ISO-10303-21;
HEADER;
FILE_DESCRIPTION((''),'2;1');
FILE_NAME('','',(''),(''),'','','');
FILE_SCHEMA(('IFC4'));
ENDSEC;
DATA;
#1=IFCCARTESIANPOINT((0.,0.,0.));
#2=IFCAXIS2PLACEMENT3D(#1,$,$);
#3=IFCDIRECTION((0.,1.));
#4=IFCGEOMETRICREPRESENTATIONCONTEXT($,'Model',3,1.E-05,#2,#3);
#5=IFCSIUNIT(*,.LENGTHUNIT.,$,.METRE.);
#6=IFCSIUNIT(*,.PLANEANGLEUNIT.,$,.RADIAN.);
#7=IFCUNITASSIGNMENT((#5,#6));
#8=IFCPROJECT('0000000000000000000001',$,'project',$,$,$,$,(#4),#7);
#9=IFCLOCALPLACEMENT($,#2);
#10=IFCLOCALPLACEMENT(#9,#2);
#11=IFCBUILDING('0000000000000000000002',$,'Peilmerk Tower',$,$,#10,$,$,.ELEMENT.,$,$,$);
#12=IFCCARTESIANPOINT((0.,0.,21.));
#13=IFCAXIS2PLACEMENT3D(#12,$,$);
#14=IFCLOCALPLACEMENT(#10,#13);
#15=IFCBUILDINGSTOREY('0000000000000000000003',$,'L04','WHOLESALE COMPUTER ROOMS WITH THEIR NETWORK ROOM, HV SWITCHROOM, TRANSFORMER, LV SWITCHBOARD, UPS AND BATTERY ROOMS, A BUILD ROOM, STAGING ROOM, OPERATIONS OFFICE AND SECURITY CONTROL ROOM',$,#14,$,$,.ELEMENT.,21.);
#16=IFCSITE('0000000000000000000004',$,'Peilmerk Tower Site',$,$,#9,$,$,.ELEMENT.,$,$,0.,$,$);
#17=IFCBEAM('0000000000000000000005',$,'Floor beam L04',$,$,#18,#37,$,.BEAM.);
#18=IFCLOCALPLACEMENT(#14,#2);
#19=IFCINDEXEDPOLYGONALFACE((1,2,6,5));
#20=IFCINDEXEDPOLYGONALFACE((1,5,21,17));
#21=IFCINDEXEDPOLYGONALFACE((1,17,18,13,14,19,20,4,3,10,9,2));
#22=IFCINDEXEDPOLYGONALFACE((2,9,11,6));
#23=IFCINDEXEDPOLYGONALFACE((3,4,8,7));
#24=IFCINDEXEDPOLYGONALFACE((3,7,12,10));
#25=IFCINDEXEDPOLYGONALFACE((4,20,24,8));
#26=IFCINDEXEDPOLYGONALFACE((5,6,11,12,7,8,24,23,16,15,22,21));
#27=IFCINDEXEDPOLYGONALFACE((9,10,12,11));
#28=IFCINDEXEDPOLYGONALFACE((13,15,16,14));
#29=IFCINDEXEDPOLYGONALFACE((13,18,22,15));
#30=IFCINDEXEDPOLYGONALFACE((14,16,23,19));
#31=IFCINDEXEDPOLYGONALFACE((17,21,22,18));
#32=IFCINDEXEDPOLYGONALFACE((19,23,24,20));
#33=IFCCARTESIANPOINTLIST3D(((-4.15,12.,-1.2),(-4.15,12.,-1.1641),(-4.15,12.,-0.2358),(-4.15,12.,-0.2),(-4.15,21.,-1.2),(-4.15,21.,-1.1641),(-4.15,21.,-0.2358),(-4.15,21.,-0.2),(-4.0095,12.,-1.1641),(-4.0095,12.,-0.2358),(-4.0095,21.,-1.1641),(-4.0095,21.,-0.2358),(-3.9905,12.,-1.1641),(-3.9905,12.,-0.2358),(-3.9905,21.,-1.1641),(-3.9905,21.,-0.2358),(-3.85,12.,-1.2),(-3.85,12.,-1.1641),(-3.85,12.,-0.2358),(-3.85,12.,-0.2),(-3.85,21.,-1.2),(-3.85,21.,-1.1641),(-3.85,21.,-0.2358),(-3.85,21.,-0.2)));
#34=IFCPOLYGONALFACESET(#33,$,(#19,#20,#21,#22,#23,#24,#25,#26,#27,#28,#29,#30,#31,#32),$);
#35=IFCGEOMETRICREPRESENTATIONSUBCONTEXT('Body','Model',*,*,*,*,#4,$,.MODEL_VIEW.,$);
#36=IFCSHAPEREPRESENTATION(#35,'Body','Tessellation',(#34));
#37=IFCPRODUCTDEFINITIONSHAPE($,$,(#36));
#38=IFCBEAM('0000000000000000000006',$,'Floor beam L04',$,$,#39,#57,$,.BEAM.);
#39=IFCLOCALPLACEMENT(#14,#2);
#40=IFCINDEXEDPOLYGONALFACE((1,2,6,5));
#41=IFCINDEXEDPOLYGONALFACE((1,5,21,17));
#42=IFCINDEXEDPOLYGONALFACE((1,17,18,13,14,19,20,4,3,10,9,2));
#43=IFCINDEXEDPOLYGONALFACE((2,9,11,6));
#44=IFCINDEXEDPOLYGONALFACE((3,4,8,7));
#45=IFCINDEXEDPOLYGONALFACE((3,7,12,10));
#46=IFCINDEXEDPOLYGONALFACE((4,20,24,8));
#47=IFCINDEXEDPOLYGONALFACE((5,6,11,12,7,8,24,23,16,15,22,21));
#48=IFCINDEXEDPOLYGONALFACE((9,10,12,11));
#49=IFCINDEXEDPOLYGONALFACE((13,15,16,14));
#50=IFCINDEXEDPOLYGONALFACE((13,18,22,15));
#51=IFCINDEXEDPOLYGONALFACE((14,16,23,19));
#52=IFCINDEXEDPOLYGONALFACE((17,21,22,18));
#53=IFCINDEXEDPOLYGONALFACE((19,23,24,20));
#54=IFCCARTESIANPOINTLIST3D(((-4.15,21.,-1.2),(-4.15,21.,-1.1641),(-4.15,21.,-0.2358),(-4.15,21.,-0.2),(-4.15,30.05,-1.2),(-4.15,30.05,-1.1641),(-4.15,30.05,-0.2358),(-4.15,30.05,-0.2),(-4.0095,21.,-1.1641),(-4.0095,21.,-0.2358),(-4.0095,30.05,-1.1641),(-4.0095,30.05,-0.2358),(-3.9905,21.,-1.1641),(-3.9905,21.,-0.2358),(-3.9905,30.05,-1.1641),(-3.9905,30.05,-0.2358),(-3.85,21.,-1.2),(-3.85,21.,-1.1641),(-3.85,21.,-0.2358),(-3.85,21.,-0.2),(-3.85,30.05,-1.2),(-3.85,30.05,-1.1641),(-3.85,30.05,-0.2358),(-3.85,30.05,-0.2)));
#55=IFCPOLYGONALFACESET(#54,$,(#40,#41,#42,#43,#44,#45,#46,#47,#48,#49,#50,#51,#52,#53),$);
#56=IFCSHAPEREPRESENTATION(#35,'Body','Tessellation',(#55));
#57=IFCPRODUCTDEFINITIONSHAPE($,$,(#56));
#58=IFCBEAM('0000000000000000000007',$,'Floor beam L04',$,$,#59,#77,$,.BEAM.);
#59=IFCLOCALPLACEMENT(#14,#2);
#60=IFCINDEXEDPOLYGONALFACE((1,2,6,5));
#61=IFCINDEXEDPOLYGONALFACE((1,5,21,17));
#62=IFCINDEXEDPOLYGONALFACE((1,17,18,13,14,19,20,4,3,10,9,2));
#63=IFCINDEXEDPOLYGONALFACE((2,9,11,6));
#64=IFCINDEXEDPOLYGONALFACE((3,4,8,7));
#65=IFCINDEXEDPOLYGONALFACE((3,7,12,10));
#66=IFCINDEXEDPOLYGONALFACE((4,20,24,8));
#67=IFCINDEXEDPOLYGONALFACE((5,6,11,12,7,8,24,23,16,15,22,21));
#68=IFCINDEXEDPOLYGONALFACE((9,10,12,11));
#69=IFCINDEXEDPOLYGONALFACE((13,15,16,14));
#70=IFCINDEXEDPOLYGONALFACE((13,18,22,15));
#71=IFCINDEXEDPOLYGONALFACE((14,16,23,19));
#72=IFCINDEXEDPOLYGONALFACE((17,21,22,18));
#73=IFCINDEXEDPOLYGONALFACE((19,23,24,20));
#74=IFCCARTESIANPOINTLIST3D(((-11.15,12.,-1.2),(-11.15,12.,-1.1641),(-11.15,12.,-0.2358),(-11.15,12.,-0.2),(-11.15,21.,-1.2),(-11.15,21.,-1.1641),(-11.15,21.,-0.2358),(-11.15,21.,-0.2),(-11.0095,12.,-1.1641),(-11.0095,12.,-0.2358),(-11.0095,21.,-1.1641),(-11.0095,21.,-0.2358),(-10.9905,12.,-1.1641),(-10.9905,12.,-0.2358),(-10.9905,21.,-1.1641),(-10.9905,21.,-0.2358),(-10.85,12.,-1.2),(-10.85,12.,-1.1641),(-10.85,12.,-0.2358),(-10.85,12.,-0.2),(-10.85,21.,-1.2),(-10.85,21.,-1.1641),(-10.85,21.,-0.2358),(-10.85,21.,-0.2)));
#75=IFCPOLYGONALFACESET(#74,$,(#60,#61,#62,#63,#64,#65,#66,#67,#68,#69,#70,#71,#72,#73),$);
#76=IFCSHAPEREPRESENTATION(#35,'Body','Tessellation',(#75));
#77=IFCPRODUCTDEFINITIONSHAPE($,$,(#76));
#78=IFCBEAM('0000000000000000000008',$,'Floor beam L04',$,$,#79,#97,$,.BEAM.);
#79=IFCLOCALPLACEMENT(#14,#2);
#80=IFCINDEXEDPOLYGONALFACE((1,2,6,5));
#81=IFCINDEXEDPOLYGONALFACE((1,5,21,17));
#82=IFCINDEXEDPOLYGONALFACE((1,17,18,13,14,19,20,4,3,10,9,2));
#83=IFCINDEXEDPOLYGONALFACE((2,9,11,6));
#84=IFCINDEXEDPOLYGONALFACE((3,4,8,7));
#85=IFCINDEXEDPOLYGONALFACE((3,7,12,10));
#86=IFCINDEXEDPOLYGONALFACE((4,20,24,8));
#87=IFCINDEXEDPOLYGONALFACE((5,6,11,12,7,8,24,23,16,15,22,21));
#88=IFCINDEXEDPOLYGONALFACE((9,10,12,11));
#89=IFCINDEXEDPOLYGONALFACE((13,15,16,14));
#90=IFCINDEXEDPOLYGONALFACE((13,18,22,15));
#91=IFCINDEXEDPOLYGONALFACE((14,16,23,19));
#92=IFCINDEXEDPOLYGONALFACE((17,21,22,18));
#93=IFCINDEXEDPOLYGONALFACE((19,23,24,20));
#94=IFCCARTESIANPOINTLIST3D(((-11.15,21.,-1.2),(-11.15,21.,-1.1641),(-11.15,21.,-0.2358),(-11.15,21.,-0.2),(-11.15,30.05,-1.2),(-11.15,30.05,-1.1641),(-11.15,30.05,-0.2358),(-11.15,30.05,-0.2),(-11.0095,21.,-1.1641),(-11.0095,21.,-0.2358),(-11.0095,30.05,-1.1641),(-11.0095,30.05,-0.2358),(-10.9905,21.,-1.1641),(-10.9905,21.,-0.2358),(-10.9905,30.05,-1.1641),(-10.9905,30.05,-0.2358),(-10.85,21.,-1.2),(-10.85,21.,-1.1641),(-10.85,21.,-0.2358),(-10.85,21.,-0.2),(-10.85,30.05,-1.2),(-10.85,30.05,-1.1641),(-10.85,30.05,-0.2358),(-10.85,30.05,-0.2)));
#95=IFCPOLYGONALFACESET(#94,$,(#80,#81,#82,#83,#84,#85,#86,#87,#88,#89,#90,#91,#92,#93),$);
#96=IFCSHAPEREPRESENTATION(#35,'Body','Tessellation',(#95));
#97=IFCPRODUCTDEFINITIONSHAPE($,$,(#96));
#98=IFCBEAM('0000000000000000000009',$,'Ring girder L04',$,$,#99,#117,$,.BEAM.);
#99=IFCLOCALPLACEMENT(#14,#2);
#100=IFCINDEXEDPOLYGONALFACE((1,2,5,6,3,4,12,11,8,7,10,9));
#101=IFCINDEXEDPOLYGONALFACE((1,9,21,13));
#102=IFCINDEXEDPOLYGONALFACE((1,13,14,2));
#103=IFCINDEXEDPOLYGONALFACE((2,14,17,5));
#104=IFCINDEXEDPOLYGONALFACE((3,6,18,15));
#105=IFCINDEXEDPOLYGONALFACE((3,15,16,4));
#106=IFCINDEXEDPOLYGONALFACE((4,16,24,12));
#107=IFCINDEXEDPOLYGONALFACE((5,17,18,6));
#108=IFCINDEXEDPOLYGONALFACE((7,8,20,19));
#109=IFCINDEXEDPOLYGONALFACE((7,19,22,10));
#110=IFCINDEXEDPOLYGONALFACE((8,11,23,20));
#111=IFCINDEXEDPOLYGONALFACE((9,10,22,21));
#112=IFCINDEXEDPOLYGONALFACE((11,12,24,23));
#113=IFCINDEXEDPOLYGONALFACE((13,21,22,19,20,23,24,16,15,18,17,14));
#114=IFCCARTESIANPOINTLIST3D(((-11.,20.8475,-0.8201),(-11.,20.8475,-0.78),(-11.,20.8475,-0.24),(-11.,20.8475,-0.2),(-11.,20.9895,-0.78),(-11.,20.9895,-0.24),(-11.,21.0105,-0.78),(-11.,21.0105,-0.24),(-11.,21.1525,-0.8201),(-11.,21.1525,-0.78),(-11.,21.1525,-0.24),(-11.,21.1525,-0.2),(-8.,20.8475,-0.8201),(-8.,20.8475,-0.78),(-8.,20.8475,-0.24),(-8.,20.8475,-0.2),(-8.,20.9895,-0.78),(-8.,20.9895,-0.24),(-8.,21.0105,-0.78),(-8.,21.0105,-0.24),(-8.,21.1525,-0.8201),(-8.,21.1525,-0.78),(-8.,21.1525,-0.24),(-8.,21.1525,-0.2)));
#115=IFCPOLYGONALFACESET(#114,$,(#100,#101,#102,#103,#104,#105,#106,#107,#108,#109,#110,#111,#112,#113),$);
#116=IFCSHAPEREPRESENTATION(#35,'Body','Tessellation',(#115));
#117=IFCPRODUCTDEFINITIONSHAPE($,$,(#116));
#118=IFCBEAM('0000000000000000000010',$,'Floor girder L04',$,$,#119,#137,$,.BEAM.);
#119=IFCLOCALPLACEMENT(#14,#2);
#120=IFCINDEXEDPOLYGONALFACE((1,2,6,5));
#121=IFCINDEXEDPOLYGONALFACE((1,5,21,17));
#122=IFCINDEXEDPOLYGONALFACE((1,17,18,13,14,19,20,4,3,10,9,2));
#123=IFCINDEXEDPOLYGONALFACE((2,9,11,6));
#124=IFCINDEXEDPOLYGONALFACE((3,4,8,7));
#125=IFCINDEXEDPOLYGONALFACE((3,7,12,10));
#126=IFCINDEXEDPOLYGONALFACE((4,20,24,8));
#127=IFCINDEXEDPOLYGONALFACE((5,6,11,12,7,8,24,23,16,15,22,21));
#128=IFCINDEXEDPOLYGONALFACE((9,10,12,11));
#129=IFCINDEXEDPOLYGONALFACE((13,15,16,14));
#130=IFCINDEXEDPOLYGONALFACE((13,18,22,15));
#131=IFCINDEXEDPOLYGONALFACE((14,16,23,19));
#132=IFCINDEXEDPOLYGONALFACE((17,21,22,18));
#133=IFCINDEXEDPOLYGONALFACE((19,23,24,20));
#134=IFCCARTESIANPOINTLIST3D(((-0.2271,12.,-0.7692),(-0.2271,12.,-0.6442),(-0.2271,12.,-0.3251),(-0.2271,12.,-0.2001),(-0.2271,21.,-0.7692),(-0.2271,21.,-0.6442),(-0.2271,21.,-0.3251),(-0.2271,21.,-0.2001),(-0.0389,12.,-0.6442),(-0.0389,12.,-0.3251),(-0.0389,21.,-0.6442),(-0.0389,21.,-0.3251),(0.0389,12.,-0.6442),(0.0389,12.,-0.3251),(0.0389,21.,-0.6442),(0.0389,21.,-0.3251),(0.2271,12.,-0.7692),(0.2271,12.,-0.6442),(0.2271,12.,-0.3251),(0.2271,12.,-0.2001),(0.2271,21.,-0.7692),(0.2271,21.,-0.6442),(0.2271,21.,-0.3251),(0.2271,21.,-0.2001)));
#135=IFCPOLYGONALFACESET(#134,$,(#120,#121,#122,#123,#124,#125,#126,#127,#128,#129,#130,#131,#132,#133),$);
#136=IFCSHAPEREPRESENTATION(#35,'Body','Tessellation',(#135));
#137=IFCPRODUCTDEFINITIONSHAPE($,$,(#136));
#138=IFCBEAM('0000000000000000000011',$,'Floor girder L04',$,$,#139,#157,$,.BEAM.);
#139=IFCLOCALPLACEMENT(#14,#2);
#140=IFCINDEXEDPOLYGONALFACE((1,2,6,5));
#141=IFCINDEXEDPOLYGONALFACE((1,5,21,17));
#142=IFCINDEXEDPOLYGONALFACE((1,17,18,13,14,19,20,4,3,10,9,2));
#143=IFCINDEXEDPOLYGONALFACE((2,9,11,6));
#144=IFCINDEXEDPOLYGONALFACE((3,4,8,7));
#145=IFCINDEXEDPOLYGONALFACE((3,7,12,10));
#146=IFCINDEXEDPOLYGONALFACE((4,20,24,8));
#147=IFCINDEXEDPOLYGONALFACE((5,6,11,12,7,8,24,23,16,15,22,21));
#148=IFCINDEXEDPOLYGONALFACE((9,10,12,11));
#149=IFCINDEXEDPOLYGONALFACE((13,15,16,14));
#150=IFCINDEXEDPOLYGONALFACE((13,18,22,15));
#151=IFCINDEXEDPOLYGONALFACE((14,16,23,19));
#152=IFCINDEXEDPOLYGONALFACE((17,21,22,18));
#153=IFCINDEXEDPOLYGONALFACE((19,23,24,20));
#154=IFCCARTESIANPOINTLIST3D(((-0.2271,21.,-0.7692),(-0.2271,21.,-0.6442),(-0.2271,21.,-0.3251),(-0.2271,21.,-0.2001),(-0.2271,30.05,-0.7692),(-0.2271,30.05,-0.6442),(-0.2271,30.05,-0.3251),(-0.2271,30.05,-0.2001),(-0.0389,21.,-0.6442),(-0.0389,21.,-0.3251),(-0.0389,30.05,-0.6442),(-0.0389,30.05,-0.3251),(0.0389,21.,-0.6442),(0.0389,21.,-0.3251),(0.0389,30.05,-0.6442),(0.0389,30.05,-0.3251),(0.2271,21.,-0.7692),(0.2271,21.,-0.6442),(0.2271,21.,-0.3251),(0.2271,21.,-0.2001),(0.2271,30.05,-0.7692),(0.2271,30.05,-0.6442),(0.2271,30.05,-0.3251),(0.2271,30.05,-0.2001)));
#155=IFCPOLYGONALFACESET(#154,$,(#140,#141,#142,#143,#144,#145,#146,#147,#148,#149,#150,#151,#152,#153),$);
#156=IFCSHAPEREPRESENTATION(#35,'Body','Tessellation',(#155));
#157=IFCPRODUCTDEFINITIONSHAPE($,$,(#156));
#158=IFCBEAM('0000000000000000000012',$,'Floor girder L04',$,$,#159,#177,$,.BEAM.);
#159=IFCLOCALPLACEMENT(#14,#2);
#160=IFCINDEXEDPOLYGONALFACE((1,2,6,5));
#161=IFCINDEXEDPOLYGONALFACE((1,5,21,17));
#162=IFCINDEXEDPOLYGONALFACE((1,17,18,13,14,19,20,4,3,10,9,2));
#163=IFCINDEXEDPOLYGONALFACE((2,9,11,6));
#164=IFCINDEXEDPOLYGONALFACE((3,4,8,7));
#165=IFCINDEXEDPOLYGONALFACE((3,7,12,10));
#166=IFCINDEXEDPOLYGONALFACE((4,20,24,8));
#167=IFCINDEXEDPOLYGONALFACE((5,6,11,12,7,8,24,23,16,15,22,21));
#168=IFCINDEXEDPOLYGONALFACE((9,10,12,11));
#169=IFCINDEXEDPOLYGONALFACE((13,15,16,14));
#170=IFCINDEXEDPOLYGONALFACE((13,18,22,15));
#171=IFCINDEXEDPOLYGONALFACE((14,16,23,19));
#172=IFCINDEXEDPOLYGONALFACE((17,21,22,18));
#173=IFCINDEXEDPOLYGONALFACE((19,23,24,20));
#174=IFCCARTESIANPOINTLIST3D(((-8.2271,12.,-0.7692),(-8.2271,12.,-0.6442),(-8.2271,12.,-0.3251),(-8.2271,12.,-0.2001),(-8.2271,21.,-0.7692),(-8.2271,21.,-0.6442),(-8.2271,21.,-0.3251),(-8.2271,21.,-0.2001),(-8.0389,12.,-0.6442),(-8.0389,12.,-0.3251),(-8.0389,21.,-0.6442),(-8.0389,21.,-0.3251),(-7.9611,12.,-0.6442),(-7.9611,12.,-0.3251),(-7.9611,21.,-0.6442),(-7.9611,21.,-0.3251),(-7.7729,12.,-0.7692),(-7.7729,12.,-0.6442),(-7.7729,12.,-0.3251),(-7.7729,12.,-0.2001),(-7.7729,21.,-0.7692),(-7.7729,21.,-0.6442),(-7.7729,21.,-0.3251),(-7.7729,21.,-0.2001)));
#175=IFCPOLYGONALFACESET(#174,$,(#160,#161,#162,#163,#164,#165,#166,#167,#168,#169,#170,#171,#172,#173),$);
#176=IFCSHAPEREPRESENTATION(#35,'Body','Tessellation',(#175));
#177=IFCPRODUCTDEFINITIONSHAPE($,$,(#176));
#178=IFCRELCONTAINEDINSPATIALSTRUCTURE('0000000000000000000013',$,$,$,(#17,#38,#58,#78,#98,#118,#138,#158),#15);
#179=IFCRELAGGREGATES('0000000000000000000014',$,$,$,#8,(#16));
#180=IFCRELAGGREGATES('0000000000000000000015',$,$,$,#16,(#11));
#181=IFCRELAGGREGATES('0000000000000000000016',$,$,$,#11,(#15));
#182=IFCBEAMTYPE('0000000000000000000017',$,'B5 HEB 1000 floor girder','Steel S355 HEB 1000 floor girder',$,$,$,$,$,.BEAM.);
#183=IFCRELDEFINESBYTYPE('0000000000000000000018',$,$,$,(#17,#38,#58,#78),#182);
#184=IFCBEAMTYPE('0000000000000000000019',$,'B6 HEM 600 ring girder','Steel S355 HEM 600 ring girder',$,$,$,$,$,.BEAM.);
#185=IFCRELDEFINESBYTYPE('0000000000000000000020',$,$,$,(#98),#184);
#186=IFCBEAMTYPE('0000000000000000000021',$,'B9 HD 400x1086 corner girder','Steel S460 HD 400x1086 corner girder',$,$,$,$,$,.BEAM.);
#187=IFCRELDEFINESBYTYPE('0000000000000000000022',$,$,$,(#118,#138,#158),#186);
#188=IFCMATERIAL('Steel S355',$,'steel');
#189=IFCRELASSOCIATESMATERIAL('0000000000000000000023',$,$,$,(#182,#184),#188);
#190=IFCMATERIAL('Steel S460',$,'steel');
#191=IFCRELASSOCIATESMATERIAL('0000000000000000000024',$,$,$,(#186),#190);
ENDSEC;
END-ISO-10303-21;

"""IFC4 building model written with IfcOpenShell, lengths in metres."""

from ifc_helpers import new_model, si_unit, direction, frame, origin, origin_2d, place, context, subcontext, project, spatial, i_section, extrude, material, material_profile, profile_set, type_object, element, save


model = new_model("IFC4")

# Units and contexts
model_context = context("Model", 3, precision=1e-05, world=origin(), true_north=direction((0.0, 1.0)))
body_context = subcontext(model_context, "Body", "Model", "MODEL_VIEW")
ifc_project = project(units=[si_unit("LENGTHUNIT", "METRE"), si_unit("PLANEANGLEUNIT", "RADIAN")], contexts=[model_context])

# Site, building, storey
site_placement = place(None, origin())
site = spatial("IfcSite", under=ifc_project, at=site_placement, Name="Peilmerk Tower Site", CompositionType="ELEMENT", RefElevation=0.0)
building_placement = place(site_placement, origin())
building = spatial("IfcBuilding", under=site, at=building_placement, Name="Peilmerk Tower", CompositionType="ELEMENT")
storey_placement = place(building_placement, frame((0.0, 0.0, 21.0)))
storey = spatial("IfcBuildingStorey", under=building, at=storey_placement, Name="L04", Description="WHOLESALE COMPUTER ROOMS WITH THEIR NETWORK ROOM, HV SWITCHROOM, TRANSFORMER, LV SWITCHBOARD, UPS AND BATTERY ROOMS, A BUILD ROOM, STAGING ROOM, OPERATIONS OFFICE AND SECURITY CONTROL ROOM", CompositionType="ELEMENT", Elevation=21.0)

# Beams
ifc_material_1 = material(Name="Steel S355", Category="steel")
ifc_material_profile_1 = material_profile(ifc_material_1, i_section(OverallWidth=0.3, OverallDepth=1.0, WebThickness=0.019, FlangeThickness=0.0359, at=origin_2d()), Name="HEB 1000")
ifc_profile_set_1 = profile_set([ifc_material_profile_1], Name="Steel S355")
beam_type_1 = type_object("IfcBeamType", Name="B5 HEB 1000 floor girder", Description="Steel S355 HEB 1000 floor girder", PredefinedType="BEAM", material=ifc_profile_set_1)
beam_1_placement = place(storey_placement, frame((-4.0, 12.0, -0.7), z_axis=(0.0, 1.0, 0.0), x_axis=(-1.0, 0.0, 0.0)))
element("IfcBeam", 1, at=beam_1_placement, inside=storey, type_object=beam_type_1, Name="Floor beam L04", PredefinedType="BEAM", context=body_context, shape_type="SweptSolid", body=[
    extrude(i_section(OverallWidth=0.3, OverallDepth=1.0, WebThickness=0.019, FlangeThickness=0.0359, at=origin_2d()), origin(), (0.0, 0.0, 1.0), 9.0),
])
beam_2_placement = place(storey_placement, frame((-4.0, 21.0, -0.7), z_axis=(0.0, 1.0, 0.0), x_axis=(-1.0, 0.0, 0.0)))
element("IfcBeam", 2, at=beam_2_placement, inside=storey, type_object=beam_type_1, Name="Floor beam L04", PredefinedType="BEAM", context=body_context, shape_type="SweptSolid", body=[
    extrude(i_section(OverallWidth=0.3, OverallDepth=1.0, WebThickness=0.019, FlangeThickness=0.0359, at=origin_2d()), origin(), (0.0, 0.0, 1.0), 9.05),
])
beam_3_placement = place(storey_placement, frame((-11.0, 12.0, -0.7), z_axis=(0.0, 1.0, 0.0), x_axis=(-1.0, 0.0, 0.0)))
element("IfcBeam", 3, at=beam_3_placement, inside=storey, type_object=beam_type_1, Name="Floor beam L04", PredefinedType="BEAM", context=body_context, shape_type="SweptSolid", body=[
    extrude(i_section(OverallWidth=0.3, OverallDepth=1.0, WebThickness=0.019, FlangeThickness=0.0359, at=origin_2d()), origin(), (0.0, 0.0, 1.0), 9.0),
])
beam_4_placement = place(storey_placement, frame((-11.0, 21.0, -0.7), z_axis=(0.0, 1.0, 0.0), x_axis=(-1.0, 0.0, 0.0)))
element("IfcBeam", 4, at=beam_4_placement, inside=storey, type_object=beam_type_1, Name="Floor beam L04", PredefinedType="BEAM", context=body_context, shape_type="SweptSolid", body=[
    extrude(i_section(OverallWidth=0.3, OverallDepth=1.0, WebThickness=0.019, FlangeThickness=0.0359, at=origin_2d()), origin(), (0.0, 0.0, 1.0), 9.05),
])
ifc_material_profile_2 = material_profile(ifc_material_1, i_section(OverallWidth=0.3049, OverallDepth=0.6201, WebThickness=0.021, FlangeThickness=0.04, at=origin_2d()), Name="HEM 600")
ifc_profile_set_2 = profile_set([ifc_material_profile_2], Name="Steel S355")
beam_type_2 = type_object("IfcBeamType", Name="B6 HEM 600 ring girder", Description="Steel S355 HEM 600 ring girder", PredefinedType="BEAM", material=ifc_profile_set_2)
beam_5_placement = place(storey_placement, frame((-8.0, 21.0, -0.51), z_axis=(-1.0, 0.0, 0.0), x_axis=(0.0, -1.0, 0.0)))
element("IfcBeam", 5, at=beam_5_placement, inside=storey, type_object=beam_type_2, Name="Ring girder L04", PredefinedType="BEAM", context=body_context, shape_type="SweptSolid", body=[
    extrude(i_section(OverallWidth=0.3049, OverallDepth=0.6201, WebThickness=0.021, FlangeThickness=0.04, at=origin_2d()), origin(), (0.0, 0.0, 1.0), 3.0),
])
ifc_material_2 = material(Name="Steel S460", Category="steel")
ifc_material_profile_3 = material_profile(ifc_material_2, i_section(OverallWidth=0.4541, OverallDepth=0.5691, WebThickness=0.0779, FlangeThickness=0.125, at=origin_2d()), Name="HD 400x1086")
ifc_profile_set_3 = profile_set([ifc_material_profile_3], Name="Steel S460")
beam_type_3 = type_object("IfcBeamType", Name="B9 HD 400x1086 corner girder", Description="Steel S460 HD 400x1086 corner girder", PredefinedType="BEAM", material=ifc_profile_set_3)
beam_6_placement = place(storey_placement, frame((0.0, 12.0, -0.4846), z_axis=(0.0, 1.0, 0.0), x_axis=(-1.0, 0.0, 0.0)))
element("IfcBeam", 6, at=beam_6_placement, inside=storey, type_object=beam_type_3, Name="Floor girder L04", PredefinedType="BEAM", context=body_context, shape_type="SweptSolid", body=[
    extrude(i_section(OverallWidth=0.4541, OverallDepth=0.5691, WebThickness=0.0779, FlangeThickness=0.125, at=origin_2d()), origin(), (0.0, 0.0, 1.0), 9.0),
])
beam_7_placement = place(storey_placement, frame((0.0, 21.0, -0.4846), z_axis=(0.0, 1.0, 0.0), x_axis=(-1.0, 0.0, 0.0)))
element("IfcBeam", 7, at=beam_7_placement, inside=storey, type_object=beam_type_3, Name="Floor girder L04", PredefinedType="BEAM", context=body_context, shape_type="SweptSolid", body=[
    extrude(i_section(OverallWidth=0.4541, OverallDepth=0.5691, WebThickness=0.0779, FlangeThickness=0.125, at=origin_2d()), origin(), (0.0, 0.0, 1.0), 9.05),
])
beam_8_placement = place(storey_placement, frame((-8.0, 12.0, -0.4846), z_axis=(0.0, 1.0, 0.0), x_axis=(-1.0, 0.0, 0.0)))
element("IfcBeam", 8, at=beam_8_placement, inside=storey, type_object=beam_type_3, Name="Floor girder L04", PredefinedType="BEAM", context=body_context, shape_type="SweptSolid", body=[
    extrude(i_section(OverallWidth=0.4541, OverallDepth=0.5691, WebThickness=0.0779, FlangeThickness=0.125, at=origin_2d()), origin(), (0.0, 0.0, 1.0), 9.0),
])

save(model, "model.ifc")
